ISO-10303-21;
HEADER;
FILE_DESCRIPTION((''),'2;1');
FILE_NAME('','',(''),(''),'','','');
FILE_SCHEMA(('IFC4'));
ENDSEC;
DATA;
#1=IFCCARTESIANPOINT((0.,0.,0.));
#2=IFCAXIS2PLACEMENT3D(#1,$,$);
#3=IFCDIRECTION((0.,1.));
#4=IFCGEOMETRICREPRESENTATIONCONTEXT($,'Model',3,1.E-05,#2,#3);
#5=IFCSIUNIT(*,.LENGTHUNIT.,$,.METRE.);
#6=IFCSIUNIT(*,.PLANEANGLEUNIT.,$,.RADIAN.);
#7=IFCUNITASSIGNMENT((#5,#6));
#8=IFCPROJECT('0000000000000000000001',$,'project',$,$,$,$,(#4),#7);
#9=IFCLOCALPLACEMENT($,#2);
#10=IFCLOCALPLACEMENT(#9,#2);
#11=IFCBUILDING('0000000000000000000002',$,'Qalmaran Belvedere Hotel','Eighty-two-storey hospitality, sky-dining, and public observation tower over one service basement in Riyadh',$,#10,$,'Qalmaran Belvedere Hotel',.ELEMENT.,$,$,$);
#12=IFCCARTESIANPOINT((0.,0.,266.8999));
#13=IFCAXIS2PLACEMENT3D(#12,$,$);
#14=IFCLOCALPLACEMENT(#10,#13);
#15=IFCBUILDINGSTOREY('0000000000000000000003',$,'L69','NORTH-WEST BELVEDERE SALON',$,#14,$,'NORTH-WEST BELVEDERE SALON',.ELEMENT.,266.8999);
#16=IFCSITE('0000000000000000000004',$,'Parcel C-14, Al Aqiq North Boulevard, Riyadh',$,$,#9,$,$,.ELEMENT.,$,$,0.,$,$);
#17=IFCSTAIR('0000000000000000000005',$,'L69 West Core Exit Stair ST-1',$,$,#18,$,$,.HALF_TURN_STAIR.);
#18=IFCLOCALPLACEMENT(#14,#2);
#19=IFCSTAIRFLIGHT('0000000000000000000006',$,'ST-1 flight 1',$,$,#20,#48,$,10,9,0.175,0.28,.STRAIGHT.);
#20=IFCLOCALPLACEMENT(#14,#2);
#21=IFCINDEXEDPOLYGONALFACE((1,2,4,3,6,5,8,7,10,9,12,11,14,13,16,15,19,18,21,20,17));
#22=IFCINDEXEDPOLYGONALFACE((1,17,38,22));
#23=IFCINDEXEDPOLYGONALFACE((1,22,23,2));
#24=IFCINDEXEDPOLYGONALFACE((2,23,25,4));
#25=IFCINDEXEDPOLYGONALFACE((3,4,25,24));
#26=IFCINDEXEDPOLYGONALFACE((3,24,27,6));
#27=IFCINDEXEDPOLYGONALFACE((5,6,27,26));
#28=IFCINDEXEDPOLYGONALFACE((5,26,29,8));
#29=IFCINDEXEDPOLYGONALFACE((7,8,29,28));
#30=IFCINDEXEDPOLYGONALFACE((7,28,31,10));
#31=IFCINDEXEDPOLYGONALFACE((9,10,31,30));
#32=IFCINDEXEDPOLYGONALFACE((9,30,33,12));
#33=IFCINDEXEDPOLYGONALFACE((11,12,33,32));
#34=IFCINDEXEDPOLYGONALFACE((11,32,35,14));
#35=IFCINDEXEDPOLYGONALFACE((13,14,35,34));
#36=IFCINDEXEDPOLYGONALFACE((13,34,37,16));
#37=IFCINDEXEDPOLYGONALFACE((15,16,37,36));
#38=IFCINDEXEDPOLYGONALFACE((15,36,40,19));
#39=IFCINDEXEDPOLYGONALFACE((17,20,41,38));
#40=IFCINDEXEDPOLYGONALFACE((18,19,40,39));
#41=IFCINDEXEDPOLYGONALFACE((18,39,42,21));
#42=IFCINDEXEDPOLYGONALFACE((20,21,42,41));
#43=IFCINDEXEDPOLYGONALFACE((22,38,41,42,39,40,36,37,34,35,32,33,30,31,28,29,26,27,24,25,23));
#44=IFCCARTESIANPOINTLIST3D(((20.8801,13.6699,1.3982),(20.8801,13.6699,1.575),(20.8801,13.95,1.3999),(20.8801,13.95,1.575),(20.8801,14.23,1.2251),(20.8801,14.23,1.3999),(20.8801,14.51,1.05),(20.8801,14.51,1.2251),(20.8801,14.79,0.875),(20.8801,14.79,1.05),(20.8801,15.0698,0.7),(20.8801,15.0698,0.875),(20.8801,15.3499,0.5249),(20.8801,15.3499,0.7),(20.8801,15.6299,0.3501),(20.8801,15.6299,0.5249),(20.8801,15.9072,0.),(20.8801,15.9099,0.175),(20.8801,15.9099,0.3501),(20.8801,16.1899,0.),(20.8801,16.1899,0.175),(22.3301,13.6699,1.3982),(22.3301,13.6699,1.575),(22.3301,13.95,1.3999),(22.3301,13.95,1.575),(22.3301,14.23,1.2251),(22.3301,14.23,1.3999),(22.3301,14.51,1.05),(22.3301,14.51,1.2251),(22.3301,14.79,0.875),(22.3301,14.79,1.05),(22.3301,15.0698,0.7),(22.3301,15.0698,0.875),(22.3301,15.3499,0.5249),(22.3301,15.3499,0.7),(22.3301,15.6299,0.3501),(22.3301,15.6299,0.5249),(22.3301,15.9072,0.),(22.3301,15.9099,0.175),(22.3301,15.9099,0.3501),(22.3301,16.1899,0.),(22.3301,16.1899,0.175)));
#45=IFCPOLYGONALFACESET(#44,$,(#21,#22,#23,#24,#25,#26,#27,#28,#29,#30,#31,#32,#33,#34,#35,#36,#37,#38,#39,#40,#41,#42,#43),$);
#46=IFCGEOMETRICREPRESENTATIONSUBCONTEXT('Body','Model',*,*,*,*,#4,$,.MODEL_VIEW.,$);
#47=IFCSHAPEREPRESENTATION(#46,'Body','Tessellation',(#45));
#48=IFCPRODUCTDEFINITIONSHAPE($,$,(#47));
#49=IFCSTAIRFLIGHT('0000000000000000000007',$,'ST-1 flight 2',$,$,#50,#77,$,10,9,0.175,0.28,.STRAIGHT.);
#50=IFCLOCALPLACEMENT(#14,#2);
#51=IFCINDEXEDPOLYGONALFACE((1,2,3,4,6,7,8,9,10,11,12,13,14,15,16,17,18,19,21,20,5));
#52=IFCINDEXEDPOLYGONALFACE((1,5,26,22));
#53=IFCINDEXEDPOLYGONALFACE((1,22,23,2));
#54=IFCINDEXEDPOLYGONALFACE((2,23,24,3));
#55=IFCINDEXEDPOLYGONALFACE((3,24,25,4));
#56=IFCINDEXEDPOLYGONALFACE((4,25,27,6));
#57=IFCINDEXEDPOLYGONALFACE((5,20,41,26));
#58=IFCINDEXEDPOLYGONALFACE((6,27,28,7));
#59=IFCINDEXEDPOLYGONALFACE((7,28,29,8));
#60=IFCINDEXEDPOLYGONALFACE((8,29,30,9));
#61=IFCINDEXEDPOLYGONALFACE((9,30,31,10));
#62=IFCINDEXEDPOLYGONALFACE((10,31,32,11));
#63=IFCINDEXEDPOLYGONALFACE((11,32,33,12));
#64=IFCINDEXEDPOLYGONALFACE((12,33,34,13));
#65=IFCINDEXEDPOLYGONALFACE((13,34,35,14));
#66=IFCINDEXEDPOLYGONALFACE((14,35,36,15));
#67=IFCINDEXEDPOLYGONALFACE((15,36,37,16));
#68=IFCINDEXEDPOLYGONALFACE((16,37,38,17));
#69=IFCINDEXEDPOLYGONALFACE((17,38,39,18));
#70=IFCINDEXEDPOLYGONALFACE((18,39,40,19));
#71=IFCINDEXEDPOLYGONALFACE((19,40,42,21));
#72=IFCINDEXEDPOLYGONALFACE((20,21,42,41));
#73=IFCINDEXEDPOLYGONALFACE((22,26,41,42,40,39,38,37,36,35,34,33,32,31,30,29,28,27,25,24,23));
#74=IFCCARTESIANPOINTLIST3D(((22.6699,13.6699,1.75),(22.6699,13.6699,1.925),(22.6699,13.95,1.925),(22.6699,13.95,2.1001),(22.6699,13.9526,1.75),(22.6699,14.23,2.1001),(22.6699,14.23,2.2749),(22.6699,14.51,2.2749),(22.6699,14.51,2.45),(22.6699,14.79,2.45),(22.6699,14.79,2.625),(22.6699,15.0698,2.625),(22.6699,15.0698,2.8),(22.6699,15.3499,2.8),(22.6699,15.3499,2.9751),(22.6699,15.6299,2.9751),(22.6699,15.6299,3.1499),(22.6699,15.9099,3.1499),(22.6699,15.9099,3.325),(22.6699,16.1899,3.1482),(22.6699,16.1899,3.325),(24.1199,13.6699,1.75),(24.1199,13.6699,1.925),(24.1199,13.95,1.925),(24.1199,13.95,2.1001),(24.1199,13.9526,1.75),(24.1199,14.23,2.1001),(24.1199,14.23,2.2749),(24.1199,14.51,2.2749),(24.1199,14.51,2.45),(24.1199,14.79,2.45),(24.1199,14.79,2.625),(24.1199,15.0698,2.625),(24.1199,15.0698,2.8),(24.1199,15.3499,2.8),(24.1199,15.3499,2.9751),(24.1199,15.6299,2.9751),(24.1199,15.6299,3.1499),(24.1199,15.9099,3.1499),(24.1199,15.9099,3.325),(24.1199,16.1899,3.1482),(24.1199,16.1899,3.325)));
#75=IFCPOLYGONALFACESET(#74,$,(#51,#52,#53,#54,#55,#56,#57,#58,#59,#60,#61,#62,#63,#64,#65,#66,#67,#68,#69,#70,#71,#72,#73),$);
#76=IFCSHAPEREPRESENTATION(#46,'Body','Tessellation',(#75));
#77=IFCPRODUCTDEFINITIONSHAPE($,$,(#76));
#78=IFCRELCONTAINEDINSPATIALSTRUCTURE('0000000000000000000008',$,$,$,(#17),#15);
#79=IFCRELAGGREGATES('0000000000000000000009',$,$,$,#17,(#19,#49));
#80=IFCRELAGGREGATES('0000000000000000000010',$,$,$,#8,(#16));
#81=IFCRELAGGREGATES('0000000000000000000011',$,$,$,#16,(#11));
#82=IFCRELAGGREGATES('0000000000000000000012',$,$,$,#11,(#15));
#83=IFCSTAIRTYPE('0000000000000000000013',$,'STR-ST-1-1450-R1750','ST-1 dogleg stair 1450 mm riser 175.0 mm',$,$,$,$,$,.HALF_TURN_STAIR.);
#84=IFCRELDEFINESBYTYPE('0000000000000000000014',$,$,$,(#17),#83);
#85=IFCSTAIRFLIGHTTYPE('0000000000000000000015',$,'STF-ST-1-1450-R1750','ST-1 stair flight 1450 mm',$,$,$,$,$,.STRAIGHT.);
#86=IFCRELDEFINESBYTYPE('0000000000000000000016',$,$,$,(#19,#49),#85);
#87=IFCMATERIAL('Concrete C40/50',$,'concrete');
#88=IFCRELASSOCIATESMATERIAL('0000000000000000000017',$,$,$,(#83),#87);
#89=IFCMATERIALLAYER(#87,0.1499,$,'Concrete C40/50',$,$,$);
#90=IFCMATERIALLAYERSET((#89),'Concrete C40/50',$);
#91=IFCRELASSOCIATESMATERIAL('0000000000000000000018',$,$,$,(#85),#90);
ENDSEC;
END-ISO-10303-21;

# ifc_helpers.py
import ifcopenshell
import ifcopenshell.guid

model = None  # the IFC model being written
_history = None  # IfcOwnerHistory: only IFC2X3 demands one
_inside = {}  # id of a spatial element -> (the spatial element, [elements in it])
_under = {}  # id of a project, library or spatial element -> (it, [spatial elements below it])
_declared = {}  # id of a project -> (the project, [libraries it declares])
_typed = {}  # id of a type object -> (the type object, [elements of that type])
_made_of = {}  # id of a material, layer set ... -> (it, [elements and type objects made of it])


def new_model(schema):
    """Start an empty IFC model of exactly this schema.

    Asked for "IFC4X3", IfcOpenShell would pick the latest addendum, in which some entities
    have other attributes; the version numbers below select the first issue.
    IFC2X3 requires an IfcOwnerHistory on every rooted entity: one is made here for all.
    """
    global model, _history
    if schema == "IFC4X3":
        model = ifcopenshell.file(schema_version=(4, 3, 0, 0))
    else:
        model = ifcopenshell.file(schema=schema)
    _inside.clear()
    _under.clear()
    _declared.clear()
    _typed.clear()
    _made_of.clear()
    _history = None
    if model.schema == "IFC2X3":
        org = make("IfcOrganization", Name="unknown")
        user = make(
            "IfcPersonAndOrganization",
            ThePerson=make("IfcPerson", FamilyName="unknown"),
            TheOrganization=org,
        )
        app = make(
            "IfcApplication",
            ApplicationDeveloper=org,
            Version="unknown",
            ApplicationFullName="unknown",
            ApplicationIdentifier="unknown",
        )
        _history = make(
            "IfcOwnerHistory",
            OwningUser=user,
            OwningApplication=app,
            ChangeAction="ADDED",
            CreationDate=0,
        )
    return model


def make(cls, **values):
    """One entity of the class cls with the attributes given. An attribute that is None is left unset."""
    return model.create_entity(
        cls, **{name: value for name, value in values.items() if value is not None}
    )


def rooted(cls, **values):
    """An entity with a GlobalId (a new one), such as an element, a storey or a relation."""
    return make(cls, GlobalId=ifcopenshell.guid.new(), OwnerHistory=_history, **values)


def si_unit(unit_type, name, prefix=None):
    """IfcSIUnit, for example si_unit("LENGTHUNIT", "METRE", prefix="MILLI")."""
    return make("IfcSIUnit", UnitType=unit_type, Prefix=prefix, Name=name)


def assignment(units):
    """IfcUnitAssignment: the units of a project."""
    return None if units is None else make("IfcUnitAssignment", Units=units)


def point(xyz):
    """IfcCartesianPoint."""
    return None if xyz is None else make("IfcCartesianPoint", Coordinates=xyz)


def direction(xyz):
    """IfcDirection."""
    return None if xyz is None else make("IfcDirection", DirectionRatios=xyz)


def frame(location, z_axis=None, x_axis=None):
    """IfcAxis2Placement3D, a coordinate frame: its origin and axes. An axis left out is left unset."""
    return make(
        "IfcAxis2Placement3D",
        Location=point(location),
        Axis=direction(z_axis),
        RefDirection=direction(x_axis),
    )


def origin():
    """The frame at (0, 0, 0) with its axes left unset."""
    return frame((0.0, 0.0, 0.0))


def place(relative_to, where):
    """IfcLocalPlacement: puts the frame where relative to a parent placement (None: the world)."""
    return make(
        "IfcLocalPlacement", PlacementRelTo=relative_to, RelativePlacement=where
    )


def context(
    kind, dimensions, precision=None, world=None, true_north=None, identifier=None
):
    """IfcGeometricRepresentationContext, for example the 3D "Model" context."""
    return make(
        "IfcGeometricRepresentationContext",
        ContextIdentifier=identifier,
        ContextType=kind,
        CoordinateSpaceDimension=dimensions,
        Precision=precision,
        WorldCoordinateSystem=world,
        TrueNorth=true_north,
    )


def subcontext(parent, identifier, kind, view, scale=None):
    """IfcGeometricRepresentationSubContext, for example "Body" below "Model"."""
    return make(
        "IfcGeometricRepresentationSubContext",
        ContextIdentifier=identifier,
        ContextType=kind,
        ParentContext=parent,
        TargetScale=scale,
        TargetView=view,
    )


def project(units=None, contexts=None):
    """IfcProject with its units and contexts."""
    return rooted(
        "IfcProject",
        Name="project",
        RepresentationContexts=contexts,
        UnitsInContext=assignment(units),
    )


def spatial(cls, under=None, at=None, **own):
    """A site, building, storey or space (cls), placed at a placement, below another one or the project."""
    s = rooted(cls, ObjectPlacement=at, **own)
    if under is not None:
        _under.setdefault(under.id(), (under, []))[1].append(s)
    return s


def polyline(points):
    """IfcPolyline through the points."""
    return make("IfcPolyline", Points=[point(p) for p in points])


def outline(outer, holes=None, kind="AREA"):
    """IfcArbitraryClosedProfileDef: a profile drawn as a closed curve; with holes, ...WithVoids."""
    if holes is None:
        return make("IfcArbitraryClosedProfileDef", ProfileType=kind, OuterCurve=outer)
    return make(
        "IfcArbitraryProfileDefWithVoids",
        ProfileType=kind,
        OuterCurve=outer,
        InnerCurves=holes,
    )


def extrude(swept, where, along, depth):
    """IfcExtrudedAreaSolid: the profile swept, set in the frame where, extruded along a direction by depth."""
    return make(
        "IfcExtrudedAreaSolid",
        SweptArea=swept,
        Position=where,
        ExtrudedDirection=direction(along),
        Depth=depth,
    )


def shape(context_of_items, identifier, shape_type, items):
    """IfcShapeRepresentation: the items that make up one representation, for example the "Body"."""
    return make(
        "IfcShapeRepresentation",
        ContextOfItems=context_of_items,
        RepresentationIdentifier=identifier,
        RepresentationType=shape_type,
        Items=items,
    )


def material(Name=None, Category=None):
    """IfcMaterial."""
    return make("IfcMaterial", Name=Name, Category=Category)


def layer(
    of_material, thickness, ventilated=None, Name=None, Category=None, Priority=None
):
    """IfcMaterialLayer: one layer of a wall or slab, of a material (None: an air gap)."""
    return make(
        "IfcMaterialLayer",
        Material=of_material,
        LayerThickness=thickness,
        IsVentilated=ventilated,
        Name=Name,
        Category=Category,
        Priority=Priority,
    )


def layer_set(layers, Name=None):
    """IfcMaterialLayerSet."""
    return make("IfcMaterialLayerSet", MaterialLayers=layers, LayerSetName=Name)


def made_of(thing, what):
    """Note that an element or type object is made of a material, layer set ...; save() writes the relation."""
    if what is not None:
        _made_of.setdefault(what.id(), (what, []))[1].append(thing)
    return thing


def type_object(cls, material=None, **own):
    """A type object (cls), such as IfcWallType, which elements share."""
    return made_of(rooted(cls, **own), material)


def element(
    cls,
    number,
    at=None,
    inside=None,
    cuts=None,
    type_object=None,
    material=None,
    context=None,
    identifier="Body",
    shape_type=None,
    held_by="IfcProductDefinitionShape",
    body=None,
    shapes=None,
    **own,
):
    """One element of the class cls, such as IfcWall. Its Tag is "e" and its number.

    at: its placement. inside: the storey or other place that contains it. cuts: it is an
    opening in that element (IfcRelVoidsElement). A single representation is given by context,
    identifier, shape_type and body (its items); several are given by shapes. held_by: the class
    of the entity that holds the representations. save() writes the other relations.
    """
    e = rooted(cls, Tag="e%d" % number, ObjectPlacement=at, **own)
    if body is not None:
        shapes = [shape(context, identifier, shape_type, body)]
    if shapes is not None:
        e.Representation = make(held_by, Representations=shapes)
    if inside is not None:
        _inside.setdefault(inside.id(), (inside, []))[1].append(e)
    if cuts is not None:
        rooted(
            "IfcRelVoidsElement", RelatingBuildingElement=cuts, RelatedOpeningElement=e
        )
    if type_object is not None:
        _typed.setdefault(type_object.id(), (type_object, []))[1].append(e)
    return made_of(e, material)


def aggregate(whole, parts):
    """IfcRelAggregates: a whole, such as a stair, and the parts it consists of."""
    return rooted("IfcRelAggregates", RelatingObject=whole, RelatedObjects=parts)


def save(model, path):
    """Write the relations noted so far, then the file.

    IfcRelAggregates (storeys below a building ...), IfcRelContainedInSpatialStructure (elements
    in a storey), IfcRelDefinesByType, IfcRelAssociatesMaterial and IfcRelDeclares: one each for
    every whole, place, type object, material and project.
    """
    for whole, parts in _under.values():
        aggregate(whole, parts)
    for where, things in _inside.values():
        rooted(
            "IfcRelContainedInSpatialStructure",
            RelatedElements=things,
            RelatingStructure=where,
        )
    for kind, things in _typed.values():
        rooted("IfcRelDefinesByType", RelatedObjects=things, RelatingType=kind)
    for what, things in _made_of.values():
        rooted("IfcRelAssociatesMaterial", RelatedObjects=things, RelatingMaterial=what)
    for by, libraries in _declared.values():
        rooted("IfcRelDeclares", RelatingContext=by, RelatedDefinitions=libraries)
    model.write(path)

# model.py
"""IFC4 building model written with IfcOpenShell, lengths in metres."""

from ifc_helpers import new_model, si_unit, direction, frame, origin, place, context, subcontext, project, spatial, polyline, outline, extrude, material, layer, layer_set, type_object, element, aggregate, save


model = new_model("IFC4")

# Units and contexts
model_context = context("Model", 3, precision=1e-05, world=origin(), true_north=direction((0.0, 1.0)))
body_context = subcontext(model_context, "Body", "Model", "MODEL_VIEW")
ifc_project = project(units=[si_unit("LENGTHUNIT", "METRE"), si_unit("PLANEANGLEUNIT", "RADIAN")], contexts=[model_context])

# Site, building, storey
site_placement = place(None, origin())
site = spatial("IfcSite", under=ifc_project, at=site_placement, Name="Parcel C-14, Al Aqiq North Boulevard, Riyadh", CompositionType="ELEMENT", RefElevation=0.0)
building_placement = place(site_placement, origin())
building = spatial("IfcBuilding", under=site, at=building_placement, Name="Qalmaran Belvedere Hotel", Description="Eighty-two-storey hospitality, sky-dining, and public observation tower over one service basement in Riyadh", LongName="Qalmaran Belvedere Hotel", CompositionType="ELEMENT")
storey_placement = place(building_placement, frame((0.0, 0.0, 266.8999)))
storey = spatial("IfcBuildingStorey", under=building, at=storey_placement, Name="L69", Description="NORTH-WEST BELVEDERE SALON", LongName="NORTH-WEST BELVEDERE SALON", CompositionType="ELEMENT", Elevation=266.8999)

# Stair, stair flights
ifc_material_1 = material(Name="Concrete C40/50", Category="concrete")
stair_type = type_object("IfcStairType", Name="STR-ST-1-1450-R1750", Description="ST-1 dogleg stair 1450 mm riser 175.0 mm", PredefinedType="HALF_TURN_STAIR", material=ifc_material_1)
stair_placement = place(storey_placement, origin())
stair = element("IfcStair", 1, at=stair_placement, inside=storey, type_object=stair_type, Name="L69 West Core Exit Stair ST-1", PredefinedType="HALF_TURN_STAIR")
ifc_layer_1 = layer(ifc_material_1, 0.1499, Name="Concrete C40/50")
ifc_layer_set_1 = layer_set([ifc_layer_1], Name="Concrete C40/50")
stair_flight_type = type_object("IfcStairFlightType", Name="STF-ST-1-1450-R1750", Description="ST-1 stair flight 1450 mm", PredefinedType="STRAIGHT", material=ifc_layer_set_1)
stair_flight_1_placement = place(storey_placement, frame((21.605, 16.1899, 0.0), z_axis=(0.0, 0.0, 1.0), x_axis=(0.0, -1.0, 0.0)))
stair_flight_1 = element("IfcStairFlight", 2, at=stair_flight_1_placement, type_object=stair_flight_type, Name="ST-1 flight 1", NumberOfRisers=10, NumberOfTreads=9, PredefinedType="STRAIGHT", RiserHeight=0.175, TreadLength=0.28, context=body_context, shape_type="SweptSolid", body=[
    extrude(outline(polyline([(0.0, 0.0), (0.0, 0.175), (0.28, 0.175), (0.28, 0.3501), (0.5601, 0.3501), (0.5601, 0.5249), (0.8401, 0.5249), (0.8401, 0.7), (1.1201, 0.7), (1.1201, 0.875), (1.3999, 0.875), (1.3999, 1.05), (1.6799, 1.05), (1.6799, 1.2251), (1.96, 1.2251), (1.96, 1.3999), (2.24, 1.3999), (2.24, 1.575), (2.52, 1.575), (2.52, 1.75), (2.52, 1.3982), (0.2827, 0.0), (0.0, 0.0)])), frame((0.0, 0.7251, 0.0), z_axis=(0.0, -1.0, 0.0), x_axis=(1.0, 0.0, 0.0)), (0.0, 0.0, 1.0), 1.45),
])
stair_flight_2_placement = place(storey_placement, frame((23.395, 13.6699, 1.75), z_axis=(0.0, 0.0, 1.0), x_axis=(0.0, 1.0, 0.0)))
stair_flight_2 = element("IfcStairFlight", 3, at=stair_flight_2_placement, type_object=stair_flight_type, Name="ST-1 flight 2", NumberOfRisers=10, NumberOfTreads=9, PredefinedType="STRAIGHT", RiserHeight=0.175, TreadLength=0.28, context=body_context, shape_type="SweptSolid", body=[
    extrude(outline(polyline([(0.0, 0.0), (0.0, 0.175), (0.28, 0.175), (0.28, 0.3501), (0.5601, 0.3501), (0.5601, 0.5249), (0.8401, 0.5249), (0.8401, 0.7), (1.1201, 0.7), (1.1201, 0.875), (1.3999, 0.875), (1.3999, 1.05), (1.6799, 1.05), (1.6799, 1.2251), (1.96, 1.2251), (1.96, 1.3999), (2.24, 1.3999), (2.24, 1.575), (2.52, 1.575), (2.52, 1.75), (2.52, 1.3982), (0.2827, 0.0), (0.0, 0.0)])), frame((0.0, 0.7251, 0.0), z_axis=(0.0, -1.0, 0.0), x_axis=(1.0, 0.0, 0.0)), (0.0, 0.0, 1.0), 1.45),
])
aggregate(stair, [stair_flight_1, stair_flight_2])

save(model, "model.ifc")
